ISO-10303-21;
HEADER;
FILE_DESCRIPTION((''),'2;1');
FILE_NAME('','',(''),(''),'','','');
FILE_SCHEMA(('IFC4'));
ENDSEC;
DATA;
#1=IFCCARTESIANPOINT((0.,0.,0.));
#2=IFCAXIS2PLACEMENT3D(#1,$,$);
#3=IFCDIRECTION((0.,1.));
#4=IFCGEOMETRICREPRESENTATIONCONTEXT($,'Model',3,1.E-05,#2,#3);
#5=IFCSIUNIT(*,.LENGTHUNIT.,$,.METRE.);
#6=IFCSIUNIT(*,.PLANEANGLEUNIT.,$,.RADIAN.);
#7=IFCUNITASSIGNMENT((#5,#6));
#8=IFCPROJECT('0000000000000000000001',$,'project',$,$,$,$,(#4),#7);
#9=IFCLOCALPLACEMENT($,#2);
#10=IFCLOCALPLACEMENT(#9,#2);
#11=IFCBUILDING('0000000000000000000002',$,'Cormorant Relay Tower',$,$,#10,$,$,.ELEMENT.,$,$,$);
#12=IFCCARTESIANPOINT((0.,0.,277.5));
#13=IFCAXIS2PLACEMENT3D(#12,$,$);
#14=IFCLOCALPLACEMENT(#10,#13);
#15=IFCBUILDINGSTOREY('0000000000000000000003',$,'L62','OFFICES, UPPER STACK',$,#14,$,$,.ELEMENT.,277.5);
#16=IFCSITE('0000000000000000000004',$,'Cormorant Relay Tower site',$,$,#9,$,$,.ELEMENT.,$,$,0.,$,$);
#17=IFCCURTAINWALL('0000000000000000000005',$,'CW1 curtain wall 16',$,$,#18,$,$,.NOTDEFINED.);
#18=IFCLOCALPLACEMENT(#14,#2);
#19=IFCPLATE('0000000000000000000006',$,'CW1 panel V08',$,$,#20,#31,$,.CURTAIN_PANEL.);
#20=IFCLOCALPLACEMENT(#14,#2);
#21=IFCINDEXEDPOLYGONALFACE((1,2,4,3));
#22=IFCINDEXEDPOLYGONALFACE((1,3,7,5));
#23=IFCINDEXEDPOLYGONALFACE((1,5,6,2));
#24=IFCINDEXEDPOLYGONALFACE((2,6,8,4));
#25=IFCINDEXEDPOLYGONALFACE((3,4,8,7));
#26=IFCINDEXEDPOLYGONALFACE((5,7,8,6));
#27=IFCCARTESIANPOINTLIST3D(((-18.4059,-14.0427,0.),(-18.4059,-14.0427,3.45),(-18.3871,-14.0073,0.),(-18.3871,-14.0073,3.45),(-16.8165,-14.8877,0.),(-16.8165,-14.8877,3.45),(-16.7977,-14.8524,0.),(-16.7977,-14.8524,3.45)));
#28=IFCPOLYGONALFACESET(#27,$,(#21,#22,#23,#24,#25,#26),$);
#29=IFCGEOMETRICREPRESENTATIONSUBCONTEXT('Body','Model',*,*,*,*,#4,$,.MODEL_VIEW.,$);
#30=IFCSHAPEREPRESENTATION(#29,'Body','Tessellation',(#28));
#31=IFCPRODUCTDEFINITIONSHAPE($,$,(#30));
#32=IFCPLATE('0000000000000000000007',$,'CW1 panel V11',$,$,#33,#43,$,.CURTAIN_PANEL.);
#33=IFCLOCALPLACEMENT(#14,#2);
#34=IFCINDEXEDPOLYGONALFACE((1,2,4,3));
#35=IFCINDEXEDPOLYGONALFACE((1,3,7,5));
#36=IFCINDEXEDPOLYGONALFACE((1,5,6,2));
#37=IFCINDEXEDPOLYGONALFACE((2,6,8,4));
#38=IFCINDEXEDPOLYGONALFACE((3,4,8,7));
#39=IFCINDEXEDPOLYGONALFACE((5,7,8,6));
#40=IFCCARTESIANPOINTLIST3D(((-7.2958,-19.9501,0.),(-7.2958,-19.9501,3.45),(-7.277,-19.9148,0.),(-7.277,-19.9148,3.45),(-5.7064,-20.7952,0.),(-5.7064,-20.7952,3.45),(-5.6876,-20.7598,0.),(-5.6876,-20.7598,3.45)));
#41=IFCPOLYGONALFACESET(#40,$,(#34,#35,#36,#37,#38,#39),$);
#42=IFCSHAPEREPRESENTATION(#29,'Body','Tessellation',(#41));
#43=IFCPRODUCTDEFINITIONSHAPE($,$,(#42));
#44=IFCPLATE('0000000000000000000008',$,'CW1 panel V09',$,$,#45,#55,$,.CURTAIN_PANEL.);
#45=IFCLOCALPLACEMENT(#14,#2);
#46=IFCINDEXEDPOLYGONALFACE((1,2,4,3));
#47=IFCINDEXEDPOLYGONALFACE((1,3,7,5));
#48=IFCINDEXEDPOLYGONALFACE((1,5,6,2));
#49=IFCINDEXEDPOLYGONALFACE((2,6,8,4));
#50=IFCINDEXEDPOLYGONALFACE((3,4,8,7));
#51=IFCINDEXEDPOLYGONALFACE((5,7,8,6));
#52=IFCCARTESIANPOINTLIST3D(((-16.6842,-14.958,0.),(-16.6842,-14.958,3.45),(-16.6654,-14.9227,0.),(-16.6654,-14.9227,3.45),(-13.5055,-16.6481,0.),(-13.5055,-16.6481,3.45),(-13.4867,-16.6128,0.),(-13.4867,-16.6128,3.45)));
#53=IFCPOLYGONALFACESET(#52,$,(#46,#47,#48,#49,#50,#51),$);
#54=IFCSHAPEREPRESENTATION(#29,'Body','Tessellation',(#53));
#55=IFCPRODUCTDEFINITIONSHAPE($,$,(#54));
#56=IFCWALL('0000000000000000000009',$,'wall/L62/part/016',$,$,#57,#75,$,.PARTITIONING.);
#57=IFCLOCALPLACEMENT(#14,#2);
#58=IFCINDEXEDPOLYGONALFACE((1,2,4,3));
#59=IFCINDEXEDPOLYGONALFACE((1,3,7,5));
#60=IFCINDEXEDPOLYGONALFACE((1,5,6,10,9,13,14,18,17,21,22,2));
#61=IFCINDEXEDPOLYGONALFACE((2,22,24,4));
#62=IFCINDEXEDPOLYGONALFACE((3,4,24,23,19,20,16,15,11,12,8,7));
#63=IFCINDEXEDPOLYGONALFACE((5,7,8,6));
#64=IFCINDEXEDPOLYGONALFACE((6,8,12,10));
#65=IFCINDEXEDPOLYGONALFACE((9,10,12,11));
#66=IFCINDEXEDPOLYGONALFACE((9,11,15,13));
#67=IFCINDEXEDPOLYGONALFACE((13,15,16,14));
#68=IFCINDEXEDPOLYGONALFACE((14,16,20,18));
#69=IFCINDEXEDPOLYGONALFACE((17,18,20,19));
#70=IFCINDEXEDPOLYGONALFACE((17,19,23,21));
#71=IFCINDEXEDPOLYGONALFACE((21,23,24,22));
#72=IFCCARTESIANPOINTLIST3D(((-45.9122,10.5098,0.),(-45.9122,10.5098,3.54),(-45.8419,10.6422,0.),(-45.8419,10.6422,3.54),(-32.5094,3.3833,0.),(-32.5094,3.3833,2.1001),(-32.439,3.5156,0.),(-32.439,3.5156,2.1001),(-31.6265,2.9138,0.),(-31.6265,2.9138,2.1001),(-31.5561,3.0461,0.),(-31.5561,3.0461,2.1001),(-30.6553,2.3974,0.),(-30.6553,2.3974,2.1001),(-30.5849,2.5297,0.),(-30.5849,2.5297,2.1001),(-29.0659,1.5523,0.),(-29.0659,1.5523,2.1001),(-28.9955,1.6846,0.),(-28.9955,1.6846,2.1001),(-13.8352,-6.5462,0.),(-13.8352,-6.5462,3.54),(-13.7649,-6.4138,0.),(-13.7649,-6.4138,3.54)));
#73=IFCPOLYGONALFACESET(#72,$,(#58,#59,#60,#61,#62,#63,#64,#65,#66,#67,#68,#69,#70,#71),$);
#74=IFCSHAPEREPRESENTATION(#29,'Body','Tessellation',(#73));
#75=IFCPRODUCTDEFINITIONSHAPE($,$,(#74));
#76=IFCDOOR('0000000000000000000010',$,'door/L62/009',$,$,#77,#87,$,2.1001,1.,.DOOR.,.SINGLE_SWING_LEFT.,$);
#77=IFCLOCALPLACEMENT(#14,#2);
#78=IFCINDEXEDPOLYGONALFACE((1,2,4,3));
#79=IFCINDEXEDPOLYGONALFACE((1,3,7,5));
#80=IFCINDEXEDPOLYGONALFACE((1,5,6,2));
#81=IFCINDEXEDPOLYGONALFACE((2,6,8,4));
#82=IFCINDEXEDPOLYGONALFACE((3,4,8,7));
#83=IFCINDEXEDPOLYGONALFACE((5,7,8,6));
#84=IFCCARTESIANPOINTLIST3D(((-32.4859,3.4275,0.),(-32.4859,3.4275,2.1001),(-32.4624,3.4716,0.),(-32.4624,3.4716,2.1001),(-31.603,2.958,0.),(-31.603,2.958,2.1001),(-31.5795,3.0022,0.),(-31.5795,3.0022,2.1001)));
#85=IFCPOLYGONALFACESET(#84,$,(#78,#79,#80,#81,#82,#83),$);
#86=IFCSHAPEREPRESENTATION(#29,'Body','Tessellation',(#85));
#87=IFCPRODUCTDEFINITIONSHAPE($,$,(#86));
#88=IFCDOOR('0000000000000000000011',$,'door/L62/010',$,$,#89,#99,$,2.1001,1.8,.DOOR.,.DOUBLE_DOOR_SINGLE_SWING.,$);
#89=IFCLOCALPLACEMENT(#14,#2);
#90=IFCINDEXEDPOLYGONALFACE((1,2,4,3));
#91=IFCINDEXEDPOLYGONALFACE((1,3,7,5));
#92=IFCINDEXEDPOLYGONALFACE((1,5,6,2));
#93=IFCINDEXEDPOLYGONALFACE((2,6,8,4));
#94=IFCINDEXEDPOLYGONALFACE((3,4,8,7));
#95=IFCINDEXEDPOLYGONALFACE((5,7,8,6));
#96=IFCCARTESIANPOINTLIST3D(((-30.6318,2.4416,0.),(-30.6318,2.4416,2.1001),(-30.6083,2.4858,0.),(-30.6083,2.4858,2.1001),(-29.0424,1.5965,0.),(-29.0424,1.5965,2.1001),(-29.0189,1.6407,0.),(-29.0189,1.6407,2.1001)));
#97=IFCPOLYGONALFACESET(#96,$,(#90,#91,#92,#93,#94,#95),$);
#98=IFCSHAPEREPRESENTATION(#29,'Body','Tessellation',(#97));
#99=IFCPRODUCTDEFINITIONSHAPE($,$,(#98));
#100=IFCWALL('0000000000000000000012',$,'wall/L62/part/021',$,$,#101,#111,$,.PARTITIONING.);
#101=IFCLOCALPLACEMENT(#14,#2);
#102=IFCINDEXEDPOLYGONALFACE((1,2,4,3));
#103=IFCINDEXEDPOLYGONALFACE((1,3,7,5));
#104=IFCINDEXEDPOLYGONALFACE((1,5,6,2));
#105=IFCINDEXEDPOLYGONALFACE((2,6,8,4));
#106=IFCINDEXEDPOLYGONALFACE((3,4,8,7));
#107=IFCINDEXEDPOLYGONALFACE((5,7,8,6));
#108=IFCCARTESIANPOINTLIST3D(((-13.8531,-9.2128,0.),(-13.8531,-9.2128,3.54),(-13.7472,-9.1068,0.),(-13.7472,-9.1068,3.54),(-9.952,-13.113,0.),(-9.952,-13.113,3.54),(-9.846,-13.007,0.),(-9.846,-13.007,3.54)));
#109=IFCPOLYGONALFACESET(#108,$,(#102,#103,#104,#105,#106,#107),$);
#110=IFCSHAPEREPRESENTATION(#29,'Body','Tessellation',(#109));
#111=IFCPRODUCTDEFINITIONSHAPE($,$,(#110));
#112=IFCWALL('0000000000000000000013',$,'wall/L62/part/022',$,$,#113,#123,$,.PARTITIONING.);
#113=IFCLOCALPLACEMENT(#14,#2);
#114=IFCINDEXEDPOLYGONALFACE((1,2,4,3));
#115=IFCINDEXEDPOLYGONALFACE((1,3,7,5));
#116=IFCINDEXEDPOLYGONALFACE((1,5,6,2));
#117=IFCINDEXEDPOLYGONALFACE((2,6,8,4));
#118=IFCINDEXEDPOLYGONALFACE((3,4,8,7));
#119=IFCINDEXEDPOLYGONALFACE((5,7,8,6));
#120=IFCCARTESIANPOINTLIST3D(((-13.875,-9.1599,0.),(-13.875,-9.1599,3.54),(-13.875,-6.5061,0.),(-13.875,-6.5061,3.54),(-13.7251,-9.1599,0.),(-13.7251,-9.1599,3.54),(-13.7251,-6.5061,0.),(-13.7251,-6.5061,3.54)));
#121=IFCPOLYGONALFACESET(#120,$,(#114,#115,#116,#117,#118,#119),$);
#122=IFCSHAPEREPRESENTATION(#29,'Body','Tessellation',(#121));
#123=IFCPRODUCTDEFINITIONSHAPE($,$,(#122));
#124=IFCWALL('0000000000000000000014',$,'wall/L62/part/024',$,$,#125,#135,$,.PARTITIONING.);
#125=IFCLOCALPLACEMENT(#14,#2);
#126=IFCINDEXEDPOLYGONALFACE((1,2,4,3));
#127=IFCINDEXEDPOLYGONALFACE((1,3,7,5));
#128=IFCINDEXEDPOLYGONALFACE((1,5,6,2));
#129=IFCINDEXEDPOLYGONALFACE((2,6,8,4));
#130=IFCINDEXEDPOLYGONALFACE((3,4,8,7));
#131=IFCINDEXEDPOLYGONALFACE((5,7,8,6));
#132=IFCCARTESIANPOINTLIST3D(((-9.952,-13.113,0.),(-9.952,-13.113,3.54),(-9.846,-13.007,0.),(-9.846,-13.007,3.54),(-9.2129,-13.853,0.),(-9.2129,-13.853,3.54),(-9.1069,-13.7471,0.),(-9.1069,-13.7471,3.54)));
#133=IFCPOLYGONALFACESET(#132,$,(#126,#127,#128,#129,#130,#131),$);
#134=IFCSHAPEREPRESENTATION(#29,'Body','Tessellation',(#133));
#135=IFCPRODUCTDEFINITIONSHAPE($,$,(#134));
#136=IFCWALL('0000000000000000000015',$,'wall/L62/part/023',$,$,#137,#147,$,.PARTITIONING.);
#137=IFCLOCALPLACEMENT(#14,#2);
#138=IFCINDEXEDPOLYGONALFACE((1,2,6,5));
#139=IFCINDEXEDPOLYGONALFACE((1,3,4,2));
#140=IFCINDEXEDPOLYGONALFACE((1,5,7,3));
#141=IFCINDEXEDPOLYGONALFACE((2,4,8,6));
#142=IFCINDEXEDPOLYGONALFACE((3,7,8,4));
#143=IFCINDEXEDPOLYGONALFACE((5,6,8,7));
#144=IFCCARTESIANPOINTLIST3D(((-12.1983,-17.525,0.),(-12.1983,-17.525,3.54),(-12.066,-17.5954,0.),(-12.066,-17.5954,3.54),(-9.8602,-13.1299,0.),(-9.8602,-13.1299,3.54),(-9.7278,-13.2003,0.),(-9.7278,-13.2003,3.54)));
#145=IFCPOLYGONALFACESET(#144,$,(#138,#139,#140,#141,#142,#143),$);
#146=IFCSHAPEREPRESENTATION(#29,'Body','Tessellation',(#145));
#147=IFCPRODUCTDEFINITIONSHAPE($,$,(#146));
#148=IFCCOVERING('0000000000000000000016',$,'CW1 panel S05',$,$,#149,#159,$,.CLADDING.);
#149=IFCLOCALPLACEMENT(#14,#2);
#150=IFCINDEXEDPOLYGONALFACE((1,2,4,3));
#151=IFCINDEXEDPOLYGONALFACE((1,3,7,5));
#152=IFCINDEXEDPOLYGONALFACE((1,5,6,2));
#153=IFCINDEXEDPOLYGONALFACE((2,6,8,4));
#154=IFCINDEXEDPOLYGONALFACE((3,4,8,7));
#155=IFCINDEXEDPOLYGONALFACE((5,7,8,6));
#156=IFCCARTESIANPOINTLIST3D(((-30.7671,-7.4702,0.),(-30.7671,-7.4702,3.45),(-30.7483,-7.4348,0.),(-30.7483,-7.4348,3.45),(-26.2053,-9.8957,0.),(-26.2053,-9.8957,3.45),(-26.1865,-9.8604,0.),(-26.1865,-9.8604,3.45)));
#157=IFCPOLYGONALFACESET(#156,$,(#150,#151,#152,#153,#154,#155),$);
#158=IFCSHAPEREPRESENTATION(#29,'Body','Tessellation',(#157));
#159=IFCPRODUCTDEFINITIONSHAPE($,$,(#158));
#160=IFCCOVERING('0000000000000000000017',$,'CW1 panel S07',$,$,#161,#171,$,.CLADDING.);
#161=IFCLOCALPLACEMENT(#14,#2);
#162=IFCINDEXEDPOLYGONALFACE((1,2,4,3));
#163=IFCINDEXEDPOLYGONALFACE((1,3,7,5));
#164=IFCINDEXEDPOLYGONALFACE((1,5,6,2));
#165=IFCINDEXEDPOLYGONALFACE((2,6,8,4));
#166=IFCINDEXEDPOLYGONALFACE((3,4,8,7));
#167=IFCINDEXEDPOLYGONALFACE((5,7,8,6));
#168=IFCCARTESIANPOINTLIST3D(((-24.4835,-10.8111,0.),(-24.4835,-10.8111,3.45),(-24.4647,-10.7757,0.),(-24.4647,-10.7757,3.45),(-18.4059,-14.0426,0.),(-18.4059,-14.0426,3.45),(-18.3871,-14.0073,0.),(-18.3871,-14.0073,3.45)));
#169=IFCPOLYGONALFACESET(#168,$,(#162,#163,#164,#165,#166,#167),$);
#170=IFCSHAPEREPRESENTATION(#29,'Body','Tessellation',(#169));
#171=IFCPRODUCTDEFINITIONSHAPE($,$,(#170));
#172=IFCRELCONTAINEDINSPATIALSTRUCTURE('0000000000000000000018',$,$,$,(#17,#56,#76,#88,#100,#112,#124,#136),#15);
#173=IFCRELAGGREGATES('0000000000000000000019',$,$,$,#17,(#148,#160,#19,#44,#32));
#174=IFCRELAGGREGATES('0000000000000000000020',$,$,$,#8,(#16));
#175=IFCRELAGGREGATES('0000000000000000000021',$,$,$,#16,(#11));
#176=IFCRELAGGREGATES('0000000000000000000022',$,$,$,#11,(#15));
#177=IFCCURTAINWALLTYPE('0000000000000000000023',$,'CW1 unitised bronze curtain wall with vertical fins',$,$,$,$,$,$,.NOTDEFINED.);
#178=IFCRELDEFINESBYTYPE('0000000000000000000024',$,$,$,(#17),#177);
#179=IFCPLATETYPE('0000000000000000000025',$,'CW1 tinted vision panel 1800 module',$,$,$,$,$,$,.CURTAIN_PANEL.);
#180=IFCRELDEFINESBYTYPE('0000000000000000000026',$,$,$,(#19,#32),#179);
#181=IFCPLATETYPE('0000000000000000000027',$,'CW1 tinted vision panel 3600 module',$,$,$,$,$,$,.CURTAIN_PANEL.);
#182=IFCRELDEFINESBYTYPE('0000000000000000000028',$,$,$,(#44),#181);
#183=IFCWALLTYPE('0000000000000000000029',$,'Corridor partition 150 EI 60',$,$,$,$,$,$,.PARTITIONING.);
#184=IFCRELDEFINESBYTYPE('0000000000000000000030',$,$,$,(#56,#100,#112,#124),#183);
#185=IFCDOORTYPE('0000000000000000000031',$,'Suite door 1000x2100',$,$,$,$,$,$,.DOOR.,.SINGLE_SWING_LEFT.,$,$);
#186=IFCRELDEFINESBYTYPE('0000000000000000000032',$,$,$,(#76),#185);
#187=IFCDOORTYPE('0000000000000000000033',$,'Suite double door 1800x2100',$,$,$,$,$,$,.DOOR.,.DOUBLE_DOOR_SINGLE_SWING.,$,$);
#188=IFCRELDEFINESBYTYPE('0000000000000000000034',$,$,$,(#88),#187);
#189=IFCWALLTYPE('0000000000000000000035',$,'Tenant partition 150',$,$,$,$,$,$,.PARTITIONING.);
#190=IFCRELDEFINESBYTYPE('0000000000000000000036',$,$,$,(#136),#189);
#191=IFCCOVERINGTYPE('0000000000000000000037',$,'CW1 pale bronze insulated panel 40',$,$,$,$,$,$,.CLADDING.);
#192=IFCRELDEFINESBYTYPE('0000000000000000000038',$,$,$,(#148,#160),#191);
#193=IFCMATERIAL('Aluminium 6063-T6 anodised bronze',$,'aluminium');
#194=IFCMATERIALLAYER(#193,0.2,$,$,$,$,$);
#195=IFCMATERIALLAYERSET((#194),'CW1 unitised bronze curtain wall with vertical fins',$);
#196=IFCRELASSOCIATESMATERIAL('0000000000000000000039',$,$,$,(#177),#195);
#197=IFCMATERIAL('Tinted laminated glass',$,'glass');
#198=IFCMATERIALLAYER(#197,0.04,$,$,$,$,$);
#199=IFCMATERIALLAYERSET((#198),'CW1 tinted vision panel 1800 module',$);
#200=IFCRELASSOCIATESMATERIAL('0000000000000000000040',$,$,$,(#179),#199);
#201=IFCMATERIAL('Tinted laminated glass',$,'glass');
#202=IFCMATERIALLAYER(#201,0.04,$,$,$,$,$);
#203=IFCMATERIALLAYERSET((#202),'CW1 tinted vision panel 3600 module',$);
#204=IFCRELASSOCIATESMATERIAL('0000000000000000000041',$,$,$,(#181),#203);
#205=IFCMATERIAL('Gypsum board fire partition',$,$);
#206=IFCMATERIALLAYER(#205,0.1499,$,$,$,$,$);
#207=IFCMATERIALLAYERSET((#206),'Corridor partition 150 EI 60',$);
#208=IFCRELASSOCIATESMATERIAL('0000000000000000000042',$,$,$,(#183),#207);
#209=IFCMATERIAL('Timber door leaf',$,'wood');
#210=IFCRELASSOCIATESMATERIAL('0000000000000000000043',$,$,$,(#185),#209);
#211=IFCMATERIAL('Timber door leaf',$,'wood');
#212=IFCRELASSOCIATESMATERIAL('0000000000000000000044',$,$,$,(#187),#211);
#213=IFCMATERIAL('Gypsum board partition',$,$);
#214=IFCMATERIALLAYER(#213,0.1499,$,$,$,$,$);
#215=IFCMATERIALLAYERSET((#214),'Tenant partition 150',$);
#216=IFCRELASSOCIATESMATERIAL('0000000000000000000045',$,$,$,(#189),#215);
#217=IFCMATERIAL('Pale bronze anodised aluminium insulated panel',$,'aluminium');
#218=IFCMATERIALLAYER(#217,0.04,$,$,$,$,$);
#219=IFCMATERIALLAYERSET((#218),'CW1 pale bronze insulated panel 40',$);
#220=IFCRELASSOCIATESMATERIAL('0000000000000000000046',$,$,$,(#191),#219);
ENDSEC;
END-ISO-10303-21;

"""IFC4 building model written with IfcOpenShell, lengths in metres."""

from ifc_helpers import new_model, si_unit, direction, frame, frame_2d, origin, origin_2d, place, context, subcontext, project, spatial, rectangle, extrude, material, layer, layer_set, type_object, element, fill, aggregate, save


model = new_model("IFC4")

# Units and contexts
model_context = context("Model", 3, precision=1e-05, world=origin(), true_north=direction((0.0, 1.0)))
body_context = subcontext(model_context, "Body", "Model", "MODEL_VIEW")
ifc_project = project(units=[si_unit("LENGTHUNIT", "METRE"), si_unit("PLANEANGLEUNIT", "RADIAN")], contexts=[model_context])

# Site, building, storey
site_placement = place(None, origin())
site = spatial("IfcSite", under=ifc_project, at=site_placement, Name="Cormorant Relay Tower site", CompositionType="ELEMENT", RefElevation=0.0)
building_placement = place(site_placement, origin())
building = spatial("IfcBuilding", under=site, at=building_placement, Name="Cormorant Relay Tower", CompositionType="ELEMENT")
storey_placement = place(building_placement, frame((0.0, 0.0, 277.5)))
storey = spatial("IfcBuildingStorey", under=building, at=storey_placement, Name="L62", Description="OFFICES, UPPER STACK", CompositionType="ELEMENT", Elevation=277.5)

# Curtain wall
ifc_material_1 = material(Name="Aluminium 6063-T6 anodised bronze", Category="aluminium")
ifc_layer_1 = layer(ifc_material_1, 0.2)
ifc_layer_set_1 = layer_set([ifc_layer_1], Name="CW1 unitised bronze curtain wall with vertical fins")
curtain_wall_type = type_object("IfcCurtainWallType", Name="CW1 unitised bronze curtain wall with vertical fins", PredefinedType="NOTDEFINED", material=ifc_layer_set_1)
curtain_wall_placement = place(storey_placement, origin())
curtain_wall = element("IfcCurtainWall", 1, at=curtain_wall_placement, inside=storey, type_object=curtain_wall_type, Name="CW1 curtain wall 16", PredefinedType="NOTDEFINED")

# Plates
ifc_material_2 = material(Name="Tinted laminated glass", Category="glass")
ifc_layer_2 = layer(ifc_material_2, 0.04)
ifc_layer_set_2 = layer_set([ifc_layer_2], Name="CW1 tinted vision panel 1800 module")
plate_type_1 = type_object("IfcPlateType", Name="CW1 tinted vision panel 1800 module", PredefinedType="CURTAIN_PANEL", material=ifc_layer_set_2)
plate_1_placement = place(storey_placement, frame((-17.6018, -14.4475, 0.0), z_axis=(0.0, 0.0, 1.0), x_axis=(0.882948, -0.469472, 0.0)))
plate_1 = element("IfcPlate", 2, at=plate_1_placement, type_object=plate_type_1, Name="CW1 panel V08", PredefinedType="CURTAIN_PANEL", context=body_context, shape_type="SweptSolid", body=[
    extrude(rectangle(XDim=1.8, YDim=0.04, at=origin_2d()), origin(), (0.0, 0.0, 1.0), 3.45),
])
plate_2_placement = place(storey_placement, frame((-6.4917, -20.355, 0.0), z_axis=(0.0, 0.0, 1.0), x_axis=(0.882948, -0.469472, 0.0)))
plate_2 = element("IfcPlate", 3, at=plate_2_placement, type_object=plate_type_1, Name="CW1 panel V11", PredefinedType="CURTAIN_PANEL", context=body_context, shape_type="SweptSolid", body=[
    extrude(rectangle(XDim=1.8, YDim=0.04, at=origin_2d()), origin(), (0.0, 0.0, 1.0), 3.45),
])
ifc_material_3 = material(Name="Tinted laminated glass", Category="glass")
ifc_layer_3 = layer(ifc_material_3, 0.04)
ifc_layer_set_3 = layer_set([ifc_layer_3], Name="CW1 tinted vision panel 3600 module")
plate_type_2 = type_object("IfcPlateType", Name="CW1 tinted vision panel 3600 module", PredefinedType="CURTAIN_PANEL", material=ifc_layer_set_3)
plate_3_placement = place(storey_placement, frame((-15.0854, -15.7854, 0.0), z_axis=(0.0, 0.0, 1.0), x_axis=(0.882948, -0.469472, 0.0)))
plate_3 = element("IfcPlate", 4, at=plate_3_placement, type_object=plate_type_2, Name="CW1 panel V09", PredefinedType="CURTAIN_PANEL", context=body_context, shape_type="SweptSolid", body=[
    extrude(rectangle(XDim=3.6001, YDim=0.04, at=origin_2d()), origin(), (0.0, 0.0, 1.0), 3.45),
])

# Wall, openings, doors
ifc_material_4 = material(Name="Gypsum board fire partition")
ifc_layer_4 = layer(ifc_material_4, 0.1499)
ifc_layer_set_4 = layer_set([ifc_layer_4], Name="Corridor partition 150 EI 60")
wall_type_1 = type_object("IfcWallType", Name="Corridor partition 150 EI 60", PredefinedType="PARTITIONING", material=ifc_layer_set_4)
wall_1_placement = place(storey_placement, frame((-13.8, -6.48, 0.0), z_axis=(0.0, 0.0, 1.0), x_axis=(-0.882944, 0.469478, 0.0)))
wall_1 = element("IfcWall", 5, at=wall_1_placement, inside=storey, type_object=wall_type_1, Name="wall/L62/part/016", PredefinedType="PARTITIONING", context=body_context, shape_type="SweptSolid", body=[
    extrude(rectangle(XDim=36.3296, YDim=0.1499, at=frame_2d((18.1648, 0.0))), origin(), (0.0, 0.0, 1.0), 3.54),
])
opening_1_placement = place(wall_1_placement, frame((20.1499, 0.0, 0.0)))
opening_1 = element("IfcOpeningElement", 6, at=opening_1_placement, cuts=wall_1, PredefinedType="OPENING", context=body_context, shape_type="SweptSolid", body=[
    extrude(rectangle(XDim=1.0, YDim=2.1001, at=frame_2d((0.5, 1.05))), frame((0.0, 0.085, 0.0), z_axis=(0.0, -1.0, 0.0), x_axis=(1.0, 0.0, 0.0)), (0.0, 0.0, 1.0), 0.1699),
])
opening_2_placement = place(wall_1_placement, frame((17.25, 0.0, 0.0)))
opening_2 = element("IfcOpeningElement", 7, at=opening_2_placement, cuts=wall_1, PredefinedType="OPENING", context=body_context, shape_type="SweptSolid", body=[
    extrude(rectangle(XDim=1.8, YDim=2.1001, at=frame_2d((0.8999, 1.05))), frame((0.0, 0.085, 0.0), z_axis=(0.0, -1.0, 0.0), x_axis=(1.0, 0.0, 0.0)), (0.0, 0.0, 1.0), 0.1699),
])
ifc_material_5 = material(Name="Timber door leaf", Category="wood")
door_type_1 = type_object("IfcDoorType", Name="Suite door 1000x2100", OperationType="SINGLE_SWING_LEFT", PredefinedType="DOOR", material=ifc_material_5)
door_1_placement = place(opening_1_placement, origin())
door_1 = element("IfcDoor", 8, at=door_1_placement, inside=storey, type_object=door_type_1, Name="door/L62/009", OperationType="SINGLE_SWING_LEFT", OverallHeight=2.1001, OverallWidth=1.0, PredefinedType="DOOR", context=body_context, shape_type="SweptSolid", body=[
    extrude(rectangle(XDim=1.0, YDim=2.1001, at=frame_2d((0.5, 1.05))), frame((0.0, 0.0249, 0.0), z_axis=(0.0, -1.0, 0.0), x_axis=(1.0, 0.0, 0.0)), (0.0, 0.0, 1.0), 0.05),
])
fill(opening_1, door_1)
ifc_material_6 = material(Name="Timber door leaf", Category="wood")
door_type_2 = type_object("IfcDoorType", Name="Suite double door 1800x2100", OperationType="DOUBLE_DOOR_SINGLE_SWING", PredefinedType="DOOR", material=ifc_material_6)
door_2_placement = place(opening_2_placement, origin())
door_2 = element("IfcDoor", 9, at=door_2_placement, inside=storey, type_object=door_type_2, Name="door/L62/010", OperationType="DOUBLE_DOOR_SINGLE_SWING", OverallHeight=2.1001, OverallWidth=1.8, PredefinedType="DOOR", context=body_context, shape_type="SweptSolid", body=[
    extrude(rectangle(XDim=1.8, YDim=2.1001, at=frame_2d((0.8999, 1.05))), frame((0.0, 0.0249, 0.0), z_axis=(0.0, -1.0, 0.0), x_axis=(1.0, 0.0, 0.0)), (0.0, 0.0, 1.0), 0.05),
])
fill(opening_2, door_2)

# Walls
wall_2_placement = place(storey_placement, frame((-9.8989, -13.0601, 0.0), z_axis=(0.0, 0.0, 1.0), x_axis=(-0.707195, 0.707018, 0.0)))
element("IfcWall", 10, at=wall_2_placement, inside=storey, type_object=wall_type_1, Name="wall/L62/part/021", PredefinedType="PARTITIONING", context=body_context, shape_type="SweptSolid", body=[
    extrude(rectangle(XDim=5.5164, YDim=0.1499, at=frame_2d((2.7583, 0.0))), origin(), (0.0, 0.0, 1.0), 3.54),
])
wall_3_placement = place(storey_placement, frame((-13.8, -9.1599, 0.0), z_axis=(0.0, 0.0, 1.0), x_axis=(0.0, 1.0, 0.0)))
element("IfcWall", 11, at=wall_3_placement, inside=storey, type_object=wall_type_1, Name="wall/L62/part/022", PredefinedType="PARTITIONING", context=body_context, shape_type="SweptSolid", body=[
    extrude(rectangle(XDim=2.6538, YDim=0.1499, at=frame_2d((1.3269, 0.0))), origin(), (0.0, 0.0, 1.0), 3.54),
])
wall_4_placement = place(storey_placement, frame((-9.1599, -13.8, 0.0), z_axis=(0.0, 0.0, 1.0), x_axis=(-0.70664, 0.707574, 0.0)))
element("IfcWall", 12, at=wall_4_placement, inside=storey, type_object=wall_type_1, Name="wall/L62/part/024", PredefinedType="PARTITIONING", context=body_context, shape_type="SweptSolid", body=[
    extrude(rectangle(XDim=1.0459, YDim=0.1499, at=frame_2d((0.5229, 0.0))), origin(), (0.0, 0.0, 1.0), 3.54),
])
ifc_material_7 = material(Name="Gypsum board partition")
ifc_layer_5 = layer(ifc_material_7, 0.1499)
ifc_layer_set_5 = layer_set([ifc_layer_5], Name="Tenant partition 150")
wall_type_2 = type_object("IfcWallType", Name="Tenant partition 150", PredefinedType="PARTITIONING", material=ifc_layer_set_5)
wall_5_placement = place(storey_placement, frame((-9.7939, -13.165, 0.0), z_axis=(0.0, 0.0, 1.0), x_axis=(-0.469669, -0.882843, 0.0)))
element("IfcWall", 13, at=wall_5_placement, inside=storey, type_object=wall_type_2, Name="wall/L62/part/023", PredefinedType="PARTITIONING", context=body_context, shape_type="SweptSolid", body=[
    extrude(rectangle(XDim=4.9783, YDim=0.1499, at=frame_2d((2.4893, 0.0))), origin(), (0.0, 0.0, 1.0), 3.54),
])

# Coverings
ifc_material_8 = material(Name="Pale bronze anodised aluminium insulated panel", Category="aluminium")
ifc_layer_6 = layer(ifc_material_8, 0.04)
ifc_layer_set_6 = layer_set([ifc_layer_6], Name="CW1 pale bronze insulated panel 40")
covering_type = type_object("IfcCoveringType", Name="CW1 pale bronze insulated panel 40", PredefinedType="CLADDING", material=ifc_layer_set_6)
covering_1_placement = place(storey_placement, frame((-28.4768, -8.6653, 0.0), z_axis=(0.0, 0.0, 1.0), x_axis=(0.882948, -0.469472, 0.0)))
covering_1 = element("IfcCovering", 14, at=covering_1_placement, type_object=covering_type, Name="CW1 panel S05", PredefinedType="CLADDING", context=body_context, shape_type="SweptSolid", body=[
    extrude(rectangle(XDim=5.1665, YDim=0.04, at=origin_2d()), origin(), (0.0, 0.0, 1.0), 3.45),
])
covering_2_placement = place(storey_placement, frame((-21.4353, -12.4092, 0.0), z_axis=(0.0, 0.0, 1.0), x_axis=(0.882948, -0.469472, 0.0)))
covering_2 = element("IfcCovering", 15, at=covering_2_placement, type_object=covering_type, Name="CW1 panel S07", PredefinedType="CLADDING", context=body_context, shape_type="SweptSolid", body=[
    extrude(rectangle(XDim=6.8833, YDim=0.04, at=origin_2d()), origin(), (0.0, 0.0, 1.0), 3.45),
])
aggregate(curtain_wall, [covering_1, covering_2, plate_1, plate_3, plate_2])

save(model, "model.ifc")
